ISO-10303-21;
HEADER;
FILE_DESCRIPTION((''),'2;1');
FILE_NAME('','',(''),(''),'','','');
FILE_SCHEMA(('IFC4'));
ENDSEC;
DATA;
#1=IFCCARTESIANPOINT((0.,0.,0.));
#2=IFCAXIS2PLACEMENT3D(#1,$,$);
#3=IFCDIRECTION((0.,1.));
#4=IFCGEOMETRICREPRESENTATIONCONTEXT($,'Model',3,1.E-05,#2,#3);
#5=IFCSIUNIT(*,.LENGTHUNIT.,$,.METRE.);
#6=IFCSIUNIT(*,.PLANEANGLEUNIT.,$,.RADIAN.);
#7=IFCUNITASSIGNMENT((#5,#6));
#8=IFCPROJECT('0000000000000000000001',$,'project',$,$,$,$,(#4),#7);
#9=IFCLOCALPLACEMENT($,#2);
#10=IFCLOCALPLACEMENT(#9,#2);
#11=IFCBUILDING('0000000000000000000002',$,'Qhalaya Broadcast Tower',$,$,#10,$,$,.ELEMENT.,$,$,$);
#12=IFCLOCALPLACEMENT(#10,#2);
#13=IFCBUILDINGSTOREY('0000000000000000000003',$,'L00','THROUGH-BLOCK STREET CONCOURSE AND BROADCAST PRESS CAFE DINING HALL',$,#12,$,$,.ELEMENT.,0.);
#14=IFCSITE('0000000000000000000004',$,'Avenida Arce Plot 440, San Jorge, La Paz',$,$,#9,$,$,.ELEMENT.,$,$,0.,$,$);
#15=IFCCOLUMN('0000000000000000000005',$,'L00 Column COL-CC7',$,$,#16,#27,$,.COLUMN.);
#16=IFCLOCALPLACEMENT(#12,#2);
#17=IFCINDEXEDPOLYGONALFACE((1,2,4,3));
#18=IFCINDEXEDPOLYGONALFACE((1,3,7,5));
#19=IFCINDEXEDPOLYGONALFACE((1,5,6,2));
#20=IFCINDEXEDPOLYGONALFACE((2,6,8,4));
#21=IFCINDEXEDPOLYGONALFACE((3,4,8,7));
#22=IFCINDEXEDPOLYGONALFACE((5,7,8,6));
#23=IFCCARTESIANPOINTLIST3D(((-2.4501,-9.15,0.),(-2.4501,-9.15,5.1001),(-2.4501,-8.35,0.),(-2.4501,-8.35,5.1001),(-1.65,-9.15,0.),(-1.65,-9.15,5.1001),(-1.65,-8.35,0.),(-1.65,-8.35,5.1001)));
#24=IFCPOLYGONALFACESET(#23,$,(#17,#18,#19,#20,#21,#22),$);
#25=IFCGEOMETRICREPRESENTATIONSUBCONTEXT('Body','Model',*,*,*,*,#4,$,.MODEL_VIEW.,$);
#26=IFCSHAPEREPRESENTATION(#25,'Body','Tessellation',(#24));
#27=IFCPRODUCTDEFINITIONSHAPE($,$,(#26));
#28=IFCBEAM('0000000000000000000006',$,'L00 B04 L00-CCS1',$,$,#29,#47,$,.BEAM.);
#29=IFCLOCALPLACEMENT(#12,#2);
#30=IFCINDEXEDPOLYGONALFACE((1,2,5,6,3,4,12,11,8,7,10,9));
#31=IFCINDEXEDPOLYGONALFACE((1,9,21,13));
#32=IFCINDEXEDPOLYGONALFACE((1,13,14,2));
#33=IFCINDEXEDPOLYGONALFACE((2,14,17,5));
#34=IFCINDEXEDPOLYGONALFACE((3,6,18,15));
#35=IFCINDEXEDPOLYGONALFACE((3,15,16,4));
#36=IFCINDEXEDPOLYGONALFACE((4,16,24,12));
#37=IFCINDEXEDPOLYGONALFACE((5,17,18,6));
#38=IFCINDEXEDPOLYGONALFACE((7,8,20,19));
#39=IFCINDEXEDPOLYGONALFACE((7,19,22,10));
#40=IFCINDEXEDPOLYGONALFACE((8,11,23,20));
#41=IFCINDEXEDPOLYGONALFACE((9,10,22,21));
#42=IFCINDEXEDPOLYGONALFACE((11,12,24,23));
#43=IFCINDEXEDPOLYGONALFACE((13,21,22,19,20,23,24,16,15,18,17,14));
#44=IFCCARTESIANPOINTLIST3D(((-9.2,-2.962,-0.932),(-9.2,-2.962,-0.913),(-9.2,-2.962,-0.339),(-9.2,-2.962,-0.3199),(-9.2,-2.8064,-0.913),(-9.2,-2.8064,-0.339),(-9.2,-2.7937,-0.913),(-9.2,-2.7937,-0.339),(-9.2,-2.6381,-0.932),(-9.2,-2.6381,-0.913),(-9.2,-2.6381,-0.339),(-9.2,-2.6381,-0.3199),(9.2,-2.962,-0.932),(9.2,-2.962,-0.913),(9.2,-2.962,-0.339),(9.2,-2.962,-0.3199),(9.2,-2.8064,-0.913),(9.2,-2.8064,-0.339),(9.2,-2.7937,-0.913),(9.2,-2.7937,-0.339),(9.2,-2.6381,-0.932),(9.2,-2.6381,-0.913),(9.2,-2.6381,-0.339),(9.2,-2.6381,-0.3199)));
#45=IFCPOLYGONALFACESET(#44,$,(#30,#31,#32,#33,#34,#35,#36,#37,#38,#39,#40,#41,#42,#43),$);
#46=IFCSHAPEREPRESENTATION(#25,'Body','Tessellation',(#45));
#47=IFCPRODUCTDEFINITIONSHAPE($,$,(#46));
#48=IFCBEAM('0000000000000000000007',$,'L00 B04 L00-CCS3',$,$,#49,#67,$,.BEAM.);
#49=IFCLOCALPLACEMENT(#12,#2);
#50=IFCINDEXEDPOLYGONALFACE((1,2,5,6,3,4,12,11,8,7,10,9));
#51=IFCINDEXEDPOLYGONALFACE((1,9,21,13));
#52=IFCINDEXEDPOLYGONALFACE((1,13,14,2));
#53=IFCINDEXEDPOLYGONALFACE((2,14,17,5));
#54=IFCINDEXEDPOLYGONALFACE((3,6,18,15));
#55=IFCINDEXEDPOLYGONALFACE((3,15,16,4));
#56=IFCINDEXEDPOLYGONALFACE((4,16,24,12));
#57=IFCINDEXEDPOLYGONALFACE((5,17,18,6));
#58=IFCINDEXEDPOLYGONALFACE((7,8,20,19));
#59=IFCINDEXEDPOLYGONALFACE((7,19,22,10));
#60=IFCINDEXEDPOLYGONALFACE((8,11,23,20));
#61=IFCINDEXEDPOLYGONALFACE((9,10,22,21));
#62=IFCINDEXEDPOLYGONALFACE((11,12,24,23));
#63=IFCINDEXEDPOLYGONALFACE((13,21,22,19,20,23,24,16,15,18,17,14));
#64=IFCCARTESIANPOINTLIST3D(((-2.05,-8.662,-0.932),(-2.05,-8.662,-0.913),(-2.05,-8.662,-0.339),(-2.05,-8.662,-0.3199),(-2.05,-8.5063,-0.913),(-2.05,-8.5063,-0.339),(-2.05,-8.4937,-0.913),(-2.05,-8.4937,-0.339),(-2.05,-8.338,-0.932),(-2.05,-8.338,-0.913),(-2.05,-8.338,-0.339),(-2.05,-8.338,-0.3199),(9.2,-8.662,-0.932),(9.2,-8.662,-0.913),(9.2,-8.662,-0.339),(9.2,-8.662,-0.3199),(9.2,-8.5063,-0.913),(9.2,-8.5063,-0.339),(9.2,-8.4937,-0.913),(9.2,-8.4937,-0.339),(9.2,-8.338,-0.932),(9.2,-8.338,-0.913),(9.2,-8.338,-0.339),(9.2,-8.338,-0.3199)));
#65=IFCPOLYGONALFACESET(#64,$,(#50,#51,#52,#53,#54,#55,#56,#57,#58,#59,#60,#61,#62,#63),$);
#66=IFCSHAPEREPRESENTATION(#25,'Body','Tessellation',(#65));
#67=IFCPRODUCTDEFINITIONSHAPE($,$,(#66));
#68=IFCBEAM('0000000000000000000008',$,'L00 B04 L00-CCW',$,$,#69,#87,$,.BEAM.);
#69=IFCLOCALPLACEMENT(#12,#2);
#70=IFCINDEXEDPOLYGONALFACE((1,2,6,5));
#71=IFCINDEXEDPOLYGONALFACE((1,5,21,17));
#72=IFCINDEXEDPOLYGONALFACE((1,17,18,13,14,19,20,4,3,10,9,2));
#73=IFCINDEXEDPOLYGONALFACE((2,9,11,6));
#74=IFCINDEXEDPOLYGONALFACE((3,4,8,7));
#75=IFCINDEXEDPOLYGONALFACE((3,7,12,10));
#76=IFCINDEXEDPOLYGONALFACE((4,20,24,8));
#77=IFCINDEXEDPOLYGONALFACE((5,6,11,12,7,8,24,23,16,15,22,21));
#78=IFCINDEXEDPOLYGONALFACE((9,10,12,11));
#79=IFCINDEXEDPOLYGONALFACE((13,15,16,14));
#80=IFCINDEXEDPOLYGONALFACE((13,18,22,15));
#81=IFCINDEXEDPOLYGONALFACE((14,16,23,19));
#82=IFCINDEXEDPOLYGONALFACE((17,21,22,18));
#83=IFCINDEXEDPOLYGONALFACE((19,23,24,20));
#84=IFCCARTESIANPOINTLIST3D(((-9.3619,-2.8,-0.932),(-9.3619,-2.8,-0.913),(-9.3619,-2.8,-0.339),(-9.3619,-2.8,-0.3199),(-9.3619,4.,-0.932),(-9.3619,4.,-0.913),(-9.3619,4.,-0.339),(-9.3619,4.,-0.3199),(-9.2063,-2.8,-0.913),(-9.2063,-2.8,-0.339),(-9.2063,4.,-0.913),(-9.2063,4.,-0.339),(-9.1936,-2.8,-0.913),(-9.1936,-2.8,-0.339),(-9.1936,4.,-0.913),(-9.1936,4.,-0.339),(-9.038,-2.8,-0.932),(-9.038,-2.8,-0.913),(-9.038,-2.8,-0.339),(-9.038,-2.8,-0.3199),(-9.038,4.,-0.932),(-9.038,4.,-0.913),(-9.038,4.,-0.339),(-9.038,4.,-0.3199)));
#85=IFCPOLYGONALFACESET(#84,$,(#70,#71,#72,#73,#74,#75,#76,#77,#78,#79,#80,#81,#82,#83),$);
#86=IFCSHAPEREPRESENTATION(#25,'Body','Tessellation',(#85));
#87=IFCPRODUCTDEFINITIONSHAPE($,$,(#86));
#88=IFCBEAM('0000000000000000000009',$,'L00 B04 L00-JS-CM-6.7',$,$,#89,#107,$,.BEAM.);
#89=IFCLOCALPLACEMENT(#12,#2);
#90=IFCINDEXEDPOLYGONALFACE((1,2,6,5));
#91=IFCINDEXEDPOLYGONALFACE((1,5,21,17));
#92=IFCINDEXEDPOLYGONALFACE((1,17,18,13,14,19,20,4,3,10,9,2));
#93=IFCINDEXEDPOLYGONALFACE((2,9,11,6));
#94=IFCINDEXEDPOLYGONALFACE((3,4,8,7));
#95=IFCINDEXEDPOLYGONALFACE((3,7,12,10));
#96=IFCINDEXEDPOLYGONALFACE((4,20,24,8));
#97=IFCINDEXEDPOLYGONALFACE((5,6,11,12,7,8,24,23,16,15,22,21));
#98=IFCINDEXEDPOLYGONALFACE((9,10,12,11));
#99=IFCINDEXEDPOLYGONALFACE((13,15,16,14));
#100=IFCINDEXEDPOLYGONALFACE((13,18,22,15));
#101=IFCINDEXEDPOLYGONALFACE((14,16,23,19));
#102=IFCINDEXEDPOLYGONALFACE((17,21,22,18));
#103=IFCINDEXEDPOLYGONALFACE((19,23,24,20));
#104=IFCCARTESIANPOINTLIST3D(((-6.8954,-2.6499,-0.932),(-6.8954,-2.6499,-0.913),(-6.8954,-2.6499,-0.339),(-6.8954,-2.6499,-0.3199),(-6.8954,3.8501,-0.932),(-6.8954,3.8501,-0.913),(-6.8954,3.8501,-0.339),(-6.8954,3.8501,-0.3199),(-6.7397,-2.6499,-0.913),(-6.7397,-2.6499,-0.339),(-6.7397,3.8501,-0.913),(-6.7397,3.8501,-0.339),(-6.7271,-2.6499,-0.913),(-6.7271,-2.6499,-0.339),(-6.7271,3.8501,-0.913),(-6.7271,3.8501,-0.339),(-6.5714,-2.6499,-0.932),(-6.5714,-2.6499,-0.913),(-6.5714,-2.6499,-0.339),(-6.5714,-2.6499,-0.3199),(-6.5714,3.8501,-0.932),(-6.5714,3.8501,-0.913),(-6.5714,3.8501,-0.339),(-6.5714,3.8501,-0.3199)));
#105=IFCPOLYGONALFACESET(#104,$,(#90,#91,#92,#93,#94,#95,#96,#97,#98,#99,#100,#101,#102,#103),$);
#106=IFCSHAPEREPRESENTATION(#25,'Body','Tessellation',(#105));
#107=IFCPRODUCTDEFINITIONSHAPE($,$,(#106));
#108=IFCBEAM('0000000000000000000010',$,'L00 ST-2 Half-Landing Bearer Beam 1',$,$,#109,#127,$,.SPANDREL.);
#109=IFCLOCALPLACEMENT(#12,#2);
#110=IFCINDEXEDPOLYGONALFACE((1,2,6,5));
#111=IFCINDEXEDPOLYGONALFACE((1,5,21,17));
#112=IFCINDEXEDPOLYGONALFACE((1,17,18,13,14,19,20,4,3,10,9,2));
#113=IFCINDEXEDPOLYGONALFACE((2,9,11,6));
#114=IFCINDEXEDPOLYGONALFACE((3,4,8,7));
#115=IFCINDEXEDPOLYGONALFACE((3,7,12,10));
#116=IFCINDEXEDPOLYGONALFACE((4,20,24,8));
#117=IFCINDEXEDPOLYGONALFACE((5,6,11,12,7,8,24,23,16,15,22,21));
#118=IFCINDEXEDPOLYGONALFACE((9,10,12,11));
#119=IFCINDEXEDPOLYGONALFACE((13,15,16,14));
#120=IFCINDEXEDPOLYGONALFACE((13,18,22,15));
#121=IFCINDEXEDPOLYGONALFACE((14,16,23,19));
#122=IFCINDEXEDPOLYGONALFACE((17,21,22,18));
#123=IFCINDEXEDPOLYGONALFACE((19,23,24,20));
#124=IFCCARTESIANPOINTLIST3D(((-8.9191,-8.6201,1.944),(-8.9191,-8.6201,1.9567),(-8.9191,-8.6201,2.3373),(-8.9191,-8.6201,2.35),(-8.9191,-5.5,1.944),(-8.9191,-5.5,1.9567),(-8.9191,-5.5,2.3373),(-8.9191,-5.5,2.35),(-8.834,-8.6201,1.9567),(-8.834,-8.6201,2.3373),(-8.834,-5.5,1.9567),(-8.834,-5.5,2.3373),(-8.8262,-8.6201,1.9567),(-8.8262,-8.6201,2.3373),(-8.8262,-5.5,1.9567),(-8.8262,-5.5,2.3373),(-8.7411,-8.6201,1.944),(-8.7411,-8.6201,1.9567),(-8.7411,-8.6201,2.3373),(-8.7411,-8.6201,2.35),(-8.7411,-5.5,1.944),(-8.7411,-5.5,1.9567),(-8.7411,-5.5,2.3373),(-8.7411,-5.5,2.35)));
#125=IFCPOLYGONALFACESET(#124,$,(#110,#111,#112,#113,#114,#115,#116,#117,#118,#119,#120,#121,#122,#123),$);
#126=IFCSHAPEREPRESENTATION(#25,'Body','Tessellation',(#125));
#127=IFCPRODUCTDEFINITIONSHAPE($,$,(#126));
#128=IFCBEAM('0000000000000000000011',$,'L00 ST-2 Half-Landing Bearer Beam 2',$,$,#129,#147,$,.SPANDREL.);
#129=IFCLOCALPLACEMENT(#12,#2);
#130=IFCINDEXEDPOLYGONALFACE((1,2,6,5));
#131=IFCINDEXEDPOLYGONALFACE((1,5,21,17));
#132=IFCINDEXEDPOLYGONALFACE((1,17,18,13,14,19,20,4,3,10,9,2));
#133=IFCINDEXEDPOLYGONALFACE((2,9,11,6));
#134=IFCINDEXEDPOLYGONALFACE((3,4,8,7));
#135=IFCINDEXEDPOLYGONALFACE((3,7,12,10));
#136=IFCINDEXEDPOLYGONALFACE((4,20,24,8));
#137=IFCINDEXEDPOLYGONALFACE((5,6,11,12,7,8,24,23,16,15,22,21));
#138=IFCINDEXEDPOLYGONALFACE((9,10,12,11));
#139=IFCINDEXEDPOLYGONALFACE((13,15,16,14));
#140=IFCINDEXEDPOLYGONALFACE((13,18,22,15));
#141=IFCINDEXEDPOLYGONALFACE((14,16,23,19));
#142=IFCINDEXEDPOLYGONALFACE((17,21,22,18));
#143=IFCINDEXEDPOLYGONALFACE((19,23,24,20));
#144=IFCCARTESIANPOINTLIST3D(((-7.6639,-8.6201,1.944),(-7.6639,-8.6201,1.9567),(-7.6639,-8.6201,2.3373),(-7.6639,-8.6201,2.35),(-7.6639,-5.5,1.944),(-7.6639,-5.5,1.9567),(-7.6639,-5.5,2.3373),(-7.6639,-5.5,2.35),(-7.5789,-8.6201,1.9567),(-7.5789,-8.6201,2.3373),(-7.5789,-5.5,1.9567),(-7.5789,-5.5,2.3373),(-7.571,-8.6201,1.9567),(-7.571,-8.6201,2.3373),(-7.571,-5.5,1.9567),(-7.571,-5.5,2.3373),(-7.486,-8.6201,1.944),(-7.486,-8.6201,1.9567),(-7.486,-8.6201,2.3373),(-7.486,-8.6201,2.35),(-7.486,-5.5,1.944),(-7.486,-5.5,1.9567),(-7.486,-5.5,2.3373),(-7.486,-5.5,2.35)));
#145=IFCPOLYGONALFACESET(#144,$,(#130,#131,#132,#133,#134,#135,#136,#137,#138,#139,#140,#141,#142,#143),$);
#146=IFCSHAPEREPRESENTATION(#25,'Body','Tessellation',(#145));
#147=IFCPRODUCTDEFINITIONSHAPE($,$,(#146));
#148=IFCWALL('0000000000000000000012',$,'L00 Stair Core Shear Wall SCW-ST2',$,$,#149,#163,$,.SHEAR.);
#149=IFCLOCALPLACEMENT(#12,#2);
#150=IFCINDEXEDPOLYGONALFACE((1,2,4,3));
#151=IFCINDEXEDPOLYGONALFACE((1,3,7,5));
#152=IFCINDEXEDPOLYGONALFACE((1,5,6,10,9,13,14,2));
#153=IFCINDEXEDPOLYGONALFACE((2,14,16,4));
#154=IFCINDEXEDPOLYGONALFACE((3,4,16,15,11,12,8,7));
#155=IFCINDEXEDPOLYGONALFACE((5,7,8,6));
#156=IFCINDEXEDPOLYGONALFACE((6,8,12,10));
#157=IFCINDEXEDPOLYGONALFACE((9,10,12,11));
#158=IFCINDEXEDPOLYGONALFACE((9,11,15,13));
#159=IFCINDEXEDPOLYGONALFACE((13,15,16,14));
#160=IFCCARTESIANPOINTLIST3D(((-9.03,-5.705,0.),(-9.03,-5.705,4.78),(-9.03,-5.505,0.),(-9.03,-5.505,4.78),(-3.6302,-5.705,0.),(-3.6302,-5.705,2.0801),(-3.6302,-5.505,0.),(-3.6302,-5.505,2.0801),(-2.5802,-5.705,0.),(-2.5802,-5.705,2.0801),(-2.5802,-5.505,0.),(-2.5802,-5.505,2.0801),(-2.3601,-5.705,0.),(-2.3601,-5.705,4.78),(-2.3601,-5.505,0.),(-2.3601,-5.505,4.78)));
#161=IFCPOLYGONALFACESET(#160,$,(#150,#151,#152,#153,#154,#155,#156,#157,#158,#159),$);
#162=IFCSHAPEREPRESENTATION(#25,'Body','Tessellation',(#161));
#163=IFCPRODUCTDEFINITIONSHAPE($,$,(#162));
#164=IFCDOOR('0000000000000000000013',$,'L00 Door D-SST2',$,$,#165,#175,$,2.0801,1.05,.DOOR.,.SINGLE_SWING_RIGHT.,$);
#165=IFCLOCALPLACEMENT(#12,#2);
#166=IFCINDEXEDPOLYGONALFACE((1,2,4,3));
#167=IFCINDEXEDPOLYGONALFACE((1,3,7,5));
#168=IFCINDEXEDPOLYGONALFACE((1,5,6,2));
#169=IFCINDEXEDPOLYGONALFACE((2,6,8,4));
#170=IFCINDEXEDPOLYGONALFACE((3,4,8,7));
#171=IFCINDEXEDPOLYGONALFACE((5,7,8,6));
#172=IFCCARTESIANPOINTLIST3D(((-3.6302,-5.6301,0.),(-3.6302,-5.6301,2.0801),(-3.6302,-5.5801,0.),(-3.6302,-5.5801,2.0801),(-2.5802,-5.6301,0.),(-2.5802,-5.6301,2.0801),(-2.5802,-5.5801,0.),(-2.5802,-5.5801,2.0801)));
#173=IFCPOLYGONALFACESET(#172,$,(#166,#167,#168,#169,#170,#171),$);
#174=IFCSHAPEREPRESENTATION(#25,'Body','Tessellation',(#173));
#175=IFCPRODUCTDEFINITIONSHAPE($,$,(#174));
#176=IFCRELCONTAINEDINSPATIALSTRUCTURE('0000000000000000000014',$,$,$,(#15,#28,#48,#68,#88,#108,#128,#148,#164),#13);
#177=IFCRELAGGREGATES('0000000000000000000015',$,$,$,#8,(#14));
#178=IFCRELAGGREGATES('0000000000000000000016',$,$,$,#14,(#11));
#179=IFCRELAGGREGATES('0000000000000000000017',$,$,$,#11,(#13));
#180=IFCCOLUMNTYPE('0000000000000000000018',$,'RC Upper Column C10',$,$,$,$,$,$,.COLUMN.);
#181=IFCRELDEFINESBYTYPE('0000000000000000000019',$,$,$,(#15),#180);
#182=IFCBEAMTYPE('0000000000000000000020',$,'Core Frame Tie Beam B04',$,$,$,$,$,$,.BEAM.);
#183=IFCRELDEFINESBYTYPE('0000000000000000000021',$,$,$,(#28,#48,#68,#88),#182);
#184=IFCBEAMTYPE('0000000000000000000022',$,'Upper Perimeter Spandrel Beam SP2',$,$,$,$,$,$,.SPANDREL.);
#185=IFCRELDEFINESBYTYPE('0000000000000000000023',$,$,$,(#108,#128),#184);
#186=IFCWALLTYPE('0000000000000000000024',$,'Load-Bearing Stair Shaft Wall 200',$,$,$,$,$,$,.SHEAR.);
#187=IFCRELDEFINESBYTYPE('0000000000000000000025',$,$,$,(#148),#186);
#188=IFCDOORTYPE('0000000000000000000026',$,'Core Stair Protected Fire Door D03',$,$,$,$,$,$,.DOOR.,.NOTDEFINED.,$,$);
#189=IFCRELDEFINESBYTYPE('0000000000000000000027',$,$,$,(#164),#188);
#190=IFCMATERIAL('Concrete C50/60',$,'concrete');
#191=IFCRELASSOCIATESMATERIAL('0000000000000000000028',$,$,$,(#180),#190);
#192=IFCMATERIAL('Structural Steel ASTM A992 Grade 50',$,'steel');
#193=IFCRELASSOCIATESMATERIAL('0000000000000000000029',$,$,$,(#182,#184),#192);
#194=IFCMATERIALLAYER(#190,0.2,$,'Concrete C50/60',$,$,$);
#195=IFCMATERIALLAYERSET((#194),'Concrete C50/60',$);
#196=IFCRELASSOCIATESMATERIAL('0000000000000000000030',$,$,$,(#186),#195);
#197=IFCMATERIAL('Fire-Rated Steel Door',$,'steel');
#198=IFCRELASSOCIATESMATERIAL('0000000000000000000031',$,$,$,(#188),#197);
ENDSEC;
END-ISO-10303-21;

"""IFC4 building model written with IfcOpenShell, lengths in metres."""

from ifc_helpers import new_model, si_unit, direction, frame, frame_2d, origin, origin_2d, place, context, subcontext, project, spatial, rectangle, i_section, extrude, material, layer, layer_set, material_profile, profile_set, type_object, element, fill, save


model = new_model("IFC4")

# Units and contexts
model_context = context("Model", 3, precision=1e-05, world=origin(), true_north=direction((0.0, 1.0)))
body_context = subcontext(model_context, "Body", "Model", "MODEL_VIEW")
ifc_project = project(units=[si_unit("LENGTHUNIT", "METRE"), si_unit("PLANEANGLEUNIT", "RADIAN")], contexts=[model_context])

# Site, building, storey
site_placement = place(None, origin())
site = spatial("IfcSite", under=ifc_project, at=site_placement, Name="Avenida Arce Plot 440, San Jorge, La Paz", CompositionType="ELEMENT", RefElevation=0.0)
building_placement = place(site_placement, origin())
building = spatial("IfcBuilding", under=site, at=building_placement, Name="Qhalaya Broadcast Tower", CompositionType="ELEMENT")
storey_placement = place(building_placement, origin())
storey = spatial("IfcBuildingStorey", under=building, at=storey_placement, Name="L00", Description="THROUGH-BLOCK STREET CONCOURSE AND BROADCAST PRESS CAFE DINING HALL", CompositionType="ELEMENT", Elevation=0.0)

# Column
ifc_material_1 = material(Name="Concrete C50/60", Category="concrete")
ifc_material_profile_1 = material_profile(ifc_material_1, rectangle(XDim=0.8, YDim=0.8, at=origin_2d()), Name="RC-COL 800x800")
ifc_profile_set_1 = profile_set([ifc_material_profile_1], Name="Concrete C50/60")
column_type = type_object("IfcColumnType", Name="RC Upper Column C10", PredefinedType="COLUMN", material=ifc_profile_set_1)
column_placement = place(storey_placement, frame((-2.05, -8.75, 0.0), z_axis=(0.0, 0.0, 1.0), x_axis=(1.0, 0.0, 0.0)))
element("IfcColumn", 1, at=column_placement, inside=storey, type_object=column_type, Name="L00 Column COL-CC7", PredefinedType="COLUMN", context=body_context, shape_type="SweptSolid", body=[
    extrude(rectangle(XDim=0.8, YDim=0.8, at=origin_2d()), origin(), (0.0, 0.0, 1.0), 5.1001),
])

# Beams
ifc_material_2 = material(Name="Structural Steel ASTM A992 Grade 50", Category="steel")
ifc_material_profile_2 = material_profile(ifc_material_2, i_section(OverallWidth=0.324, OverallDepth=0.6121, WebThickness=0.0127, FlangeThickness=0.019, at=origin_2d()), Name="W24X104")
ifc_profile_set_2 = profile_set([ifc_material_profile_2], Name="Structural Steel ASTM A992 Grade 50")
beam_type_1 = type_object("IfcBeamType", Name="Core Frame Tie Beam B04", PredefinedType="BEAM", material=ifc_profile_set_2)
beam_1_placement = place(storey_placement, frame((-9.2, -2.8, -0.626), z_axis=(1.0, 0.0, 0.0), x_axis=(0.0, 1.0, 0.0)))
element("IfcBeam", 2, at=beam_1_placement, inside=storey, type_object=beam_type_1, Name="L00 B04 L00-CCS1", PredefinedType="BEAM", context=body_context, shape_type="SweptSolid", body=[
    extrude(i_section(OverallWidth=0.324, OverallDepth=0.6121, WebThickness=0.0127, FlangeThickness=0.019, at=origin_2d()), origin(), (0.0, 0.0, 1.0), 18.3999),
])
beam_2_placement = place(storey_placement, frame((-2.05, -8.5, -0.626), z_axis=(1.0, 0.0, 0.0), x_axis=(0.0, 1.0, 0.0)))
element("IfcBeam", 3, at=beam_2_placement, inside=storey, type_object=beam_type_1, Name="L00 B04 L00-CCS3", PredefinedType="BEAM", context=body_context, shape_type="SweptSolid", body=[
    extrude(i_section(OverallWidth=0.324, OverallDepth=0.6121, WebThickness=0.0127, FlangeThickness=0.019, at=origin_2d()), origin(), (0.0, 0.0, 1.0), 11.25),
])
beam_3_placement = place(storey_placement, frame((-9.2, -2.8, -0.626), z_axis=(0.0, 1.0, 0.0), x_axis=(-1.0, 0.0, 0.0)))
element("IfcBeam", 4, at=beam_3_placement, inside=storey, type_object=beam_type_1, Name="L00 B04 L00-CCW", PredefinedType="BEAM", context=body_context, shape_type="SweptSolid", body=[
    extrude(i_section(OverallWidth=0.324, OverallDepth=0.6121, WebThickness=0.0127, FlangeThickness=0.019, at=origin_2d()), origin(), (0.0, 0.0, 1.0), 6.8),
])
beam_4_placement = place(storey_placement, frame((-6.7334, -2.6499, -0.626), z_axis=(0.0, 1.0, 0.0), x_axis=(-1.0, 0.0, 0.0)))
element("IfcBeam", 5, at=beam_4_placement, inside=storey, type_object=beam_type_1, Name="L00 B04 L00-JS-CM-6.7", PredefinedType="BEAM", context=body_context, shape_type="SweptSolid", body=[
    extrude(i_section(OverallWidth=0.324, OverallDepth=0.6121, WebThickness=0.0127, FlangeThickness=0.019, at=origin_2d()), origin(), (0.0, 0.0, 1.0), 6.5),
])
ifc_material_profile_3 = material_profile(ifc_material_2, i_section(OverallWidth=0.178, OverallDepth=0.406, WebThickness=0.0078, FlangeThickness=0.0127, at=origin_2d()), Name="W16X40")
ifc_profile_set_3 = profile_set([ifc_material_profile_3], Name="Structural Steel ASTM A992 Grade 50")
beam_type_2 = type_object("IfcBeamType", Name="Upper Perimeter Spandrel Beam SP2", PredefinedType="SPANDREL", material=ifc_profile_set_3)
for number, where, z_axis, x_axis, name in (
    (6, (-8.8301, -8.6201, 2.147), (0.0, 1.0, 0.0), (-1.0, 0.0, 0.0), "L00 ST-2 Half-Landing Bearer Beam 1"),
    (7, (-7.575, -8.6201, 2.147), (0.0, 1.0, 0.0), (-1.0, 0.0, 0.0), "L00 ST-2 Half-Landing Bearer Beam 2"),
):
    element("IfcBeam", number, at=place(storey_placement, frame(where, z_axis=z_axis, x_axis=x_axis)), inside=storey, type_object=beam_type_2, Name=name, PredefinedType="SPANDREL", context=body_context, shape_type="SweptSolid", body=[
        extrude(i_section(OverallWidth=0.178, OverallDepth=0.406, WebThickness=0.0078, FlangeThickness=0.0127, at=origin_2d()), origin(), (0.0, 0.0, 1.0), 3.1201),
    ])

# Wall, opening, door
ifc_layer_1 = layer(ifc_material_1, 0.2, Name="Concrete C50/60")
ifc_layer_set_1 = layer_set([ifc_layer_1], Name="Concrete C50/60")
wall_type_1 = type_object("IfcWallType", Name="Load-Bearing Stair Shaft Wall 200", PredefinedType="SHEAR", material=ifc_layer_set_1)
wall_1_placement = place(storey_placement, frame((-9.03, -5.605, 0.0), z_axis=(0.0, 0.0, 1.0), x_axis=(1.0, 0.0, 0.0)))
wall_1 = element("IfcWall", 8, at=wall_1_placement, inside=storey, type_object=wall_type_1, Name="L00 Stair Core Shear Wall SCW-ST2", PredefinedType="SHEAR", context=body_context, shape_type="SweptSolid", body=[
    extrude(rectangle(XDim=6.6699, YDim=0.2, at=frame_2d((3.335, 0.0))), origin(), (0.0, 0.0, 1.0), 4.78),
])
opening_1_placement = place(wall_1_placement, frame((5.3999, 0.0, 0.0)))
opening_1 = element("IfcOpeningElement", 9, at=opening_1_placement, cuts=wall_1, PredefinedType="OPENING", context=body_context, shape_type="SweptSolid", body=[
    extrude(rectangle(XDim=1.05, YDim=2.0801, at=frame_2d((0.5249, 1.04))), frame((0.0, 0.1121, 0.0), z_axis=(0.0, -1.0, 0.0), x_axis=(1.0, 0.0, 0.0)), (0.0, 0.0, 1.0), 0.2239),
])
ifc_material_3 = material(Name="Fire-Rated Steel Door", Category="steel")
door_type_1 = type_object("IfcDoorType", Name="Core Stair Protected Fire Door D03", OperationType="NOTDEFINED", PredefinedType="DOOR", material=ifc_material_3)
door_1_placement = place(opening_1_placement, origin())
door_1 = element("IfcDoor", 10, at=door_1_placement, inside=storey, type_object=door_type_1, Name="L00 Door D-SST2", OperationType="SINGLE_SWING_RIGHT", OverallHeight=2.0801, OverallWidth=1.05, PredefinedType="DOOR", context=body_context, shape_type="SweptSolid", body=[
    extrude(rectangle(XDim=1.05, YDim=2.0801, at=frame_2d((0.5249, 1.04))), frame((0.0, 0.0249, 0.0), z_axis=(0.0, -1.0, 0.0), x_axis=(1.0, 0.0, 0.0)), (0.0, 0.0, 1.0), 0.05),
])
fill(opening_1, door_1)

save(model, "model.ifc")
